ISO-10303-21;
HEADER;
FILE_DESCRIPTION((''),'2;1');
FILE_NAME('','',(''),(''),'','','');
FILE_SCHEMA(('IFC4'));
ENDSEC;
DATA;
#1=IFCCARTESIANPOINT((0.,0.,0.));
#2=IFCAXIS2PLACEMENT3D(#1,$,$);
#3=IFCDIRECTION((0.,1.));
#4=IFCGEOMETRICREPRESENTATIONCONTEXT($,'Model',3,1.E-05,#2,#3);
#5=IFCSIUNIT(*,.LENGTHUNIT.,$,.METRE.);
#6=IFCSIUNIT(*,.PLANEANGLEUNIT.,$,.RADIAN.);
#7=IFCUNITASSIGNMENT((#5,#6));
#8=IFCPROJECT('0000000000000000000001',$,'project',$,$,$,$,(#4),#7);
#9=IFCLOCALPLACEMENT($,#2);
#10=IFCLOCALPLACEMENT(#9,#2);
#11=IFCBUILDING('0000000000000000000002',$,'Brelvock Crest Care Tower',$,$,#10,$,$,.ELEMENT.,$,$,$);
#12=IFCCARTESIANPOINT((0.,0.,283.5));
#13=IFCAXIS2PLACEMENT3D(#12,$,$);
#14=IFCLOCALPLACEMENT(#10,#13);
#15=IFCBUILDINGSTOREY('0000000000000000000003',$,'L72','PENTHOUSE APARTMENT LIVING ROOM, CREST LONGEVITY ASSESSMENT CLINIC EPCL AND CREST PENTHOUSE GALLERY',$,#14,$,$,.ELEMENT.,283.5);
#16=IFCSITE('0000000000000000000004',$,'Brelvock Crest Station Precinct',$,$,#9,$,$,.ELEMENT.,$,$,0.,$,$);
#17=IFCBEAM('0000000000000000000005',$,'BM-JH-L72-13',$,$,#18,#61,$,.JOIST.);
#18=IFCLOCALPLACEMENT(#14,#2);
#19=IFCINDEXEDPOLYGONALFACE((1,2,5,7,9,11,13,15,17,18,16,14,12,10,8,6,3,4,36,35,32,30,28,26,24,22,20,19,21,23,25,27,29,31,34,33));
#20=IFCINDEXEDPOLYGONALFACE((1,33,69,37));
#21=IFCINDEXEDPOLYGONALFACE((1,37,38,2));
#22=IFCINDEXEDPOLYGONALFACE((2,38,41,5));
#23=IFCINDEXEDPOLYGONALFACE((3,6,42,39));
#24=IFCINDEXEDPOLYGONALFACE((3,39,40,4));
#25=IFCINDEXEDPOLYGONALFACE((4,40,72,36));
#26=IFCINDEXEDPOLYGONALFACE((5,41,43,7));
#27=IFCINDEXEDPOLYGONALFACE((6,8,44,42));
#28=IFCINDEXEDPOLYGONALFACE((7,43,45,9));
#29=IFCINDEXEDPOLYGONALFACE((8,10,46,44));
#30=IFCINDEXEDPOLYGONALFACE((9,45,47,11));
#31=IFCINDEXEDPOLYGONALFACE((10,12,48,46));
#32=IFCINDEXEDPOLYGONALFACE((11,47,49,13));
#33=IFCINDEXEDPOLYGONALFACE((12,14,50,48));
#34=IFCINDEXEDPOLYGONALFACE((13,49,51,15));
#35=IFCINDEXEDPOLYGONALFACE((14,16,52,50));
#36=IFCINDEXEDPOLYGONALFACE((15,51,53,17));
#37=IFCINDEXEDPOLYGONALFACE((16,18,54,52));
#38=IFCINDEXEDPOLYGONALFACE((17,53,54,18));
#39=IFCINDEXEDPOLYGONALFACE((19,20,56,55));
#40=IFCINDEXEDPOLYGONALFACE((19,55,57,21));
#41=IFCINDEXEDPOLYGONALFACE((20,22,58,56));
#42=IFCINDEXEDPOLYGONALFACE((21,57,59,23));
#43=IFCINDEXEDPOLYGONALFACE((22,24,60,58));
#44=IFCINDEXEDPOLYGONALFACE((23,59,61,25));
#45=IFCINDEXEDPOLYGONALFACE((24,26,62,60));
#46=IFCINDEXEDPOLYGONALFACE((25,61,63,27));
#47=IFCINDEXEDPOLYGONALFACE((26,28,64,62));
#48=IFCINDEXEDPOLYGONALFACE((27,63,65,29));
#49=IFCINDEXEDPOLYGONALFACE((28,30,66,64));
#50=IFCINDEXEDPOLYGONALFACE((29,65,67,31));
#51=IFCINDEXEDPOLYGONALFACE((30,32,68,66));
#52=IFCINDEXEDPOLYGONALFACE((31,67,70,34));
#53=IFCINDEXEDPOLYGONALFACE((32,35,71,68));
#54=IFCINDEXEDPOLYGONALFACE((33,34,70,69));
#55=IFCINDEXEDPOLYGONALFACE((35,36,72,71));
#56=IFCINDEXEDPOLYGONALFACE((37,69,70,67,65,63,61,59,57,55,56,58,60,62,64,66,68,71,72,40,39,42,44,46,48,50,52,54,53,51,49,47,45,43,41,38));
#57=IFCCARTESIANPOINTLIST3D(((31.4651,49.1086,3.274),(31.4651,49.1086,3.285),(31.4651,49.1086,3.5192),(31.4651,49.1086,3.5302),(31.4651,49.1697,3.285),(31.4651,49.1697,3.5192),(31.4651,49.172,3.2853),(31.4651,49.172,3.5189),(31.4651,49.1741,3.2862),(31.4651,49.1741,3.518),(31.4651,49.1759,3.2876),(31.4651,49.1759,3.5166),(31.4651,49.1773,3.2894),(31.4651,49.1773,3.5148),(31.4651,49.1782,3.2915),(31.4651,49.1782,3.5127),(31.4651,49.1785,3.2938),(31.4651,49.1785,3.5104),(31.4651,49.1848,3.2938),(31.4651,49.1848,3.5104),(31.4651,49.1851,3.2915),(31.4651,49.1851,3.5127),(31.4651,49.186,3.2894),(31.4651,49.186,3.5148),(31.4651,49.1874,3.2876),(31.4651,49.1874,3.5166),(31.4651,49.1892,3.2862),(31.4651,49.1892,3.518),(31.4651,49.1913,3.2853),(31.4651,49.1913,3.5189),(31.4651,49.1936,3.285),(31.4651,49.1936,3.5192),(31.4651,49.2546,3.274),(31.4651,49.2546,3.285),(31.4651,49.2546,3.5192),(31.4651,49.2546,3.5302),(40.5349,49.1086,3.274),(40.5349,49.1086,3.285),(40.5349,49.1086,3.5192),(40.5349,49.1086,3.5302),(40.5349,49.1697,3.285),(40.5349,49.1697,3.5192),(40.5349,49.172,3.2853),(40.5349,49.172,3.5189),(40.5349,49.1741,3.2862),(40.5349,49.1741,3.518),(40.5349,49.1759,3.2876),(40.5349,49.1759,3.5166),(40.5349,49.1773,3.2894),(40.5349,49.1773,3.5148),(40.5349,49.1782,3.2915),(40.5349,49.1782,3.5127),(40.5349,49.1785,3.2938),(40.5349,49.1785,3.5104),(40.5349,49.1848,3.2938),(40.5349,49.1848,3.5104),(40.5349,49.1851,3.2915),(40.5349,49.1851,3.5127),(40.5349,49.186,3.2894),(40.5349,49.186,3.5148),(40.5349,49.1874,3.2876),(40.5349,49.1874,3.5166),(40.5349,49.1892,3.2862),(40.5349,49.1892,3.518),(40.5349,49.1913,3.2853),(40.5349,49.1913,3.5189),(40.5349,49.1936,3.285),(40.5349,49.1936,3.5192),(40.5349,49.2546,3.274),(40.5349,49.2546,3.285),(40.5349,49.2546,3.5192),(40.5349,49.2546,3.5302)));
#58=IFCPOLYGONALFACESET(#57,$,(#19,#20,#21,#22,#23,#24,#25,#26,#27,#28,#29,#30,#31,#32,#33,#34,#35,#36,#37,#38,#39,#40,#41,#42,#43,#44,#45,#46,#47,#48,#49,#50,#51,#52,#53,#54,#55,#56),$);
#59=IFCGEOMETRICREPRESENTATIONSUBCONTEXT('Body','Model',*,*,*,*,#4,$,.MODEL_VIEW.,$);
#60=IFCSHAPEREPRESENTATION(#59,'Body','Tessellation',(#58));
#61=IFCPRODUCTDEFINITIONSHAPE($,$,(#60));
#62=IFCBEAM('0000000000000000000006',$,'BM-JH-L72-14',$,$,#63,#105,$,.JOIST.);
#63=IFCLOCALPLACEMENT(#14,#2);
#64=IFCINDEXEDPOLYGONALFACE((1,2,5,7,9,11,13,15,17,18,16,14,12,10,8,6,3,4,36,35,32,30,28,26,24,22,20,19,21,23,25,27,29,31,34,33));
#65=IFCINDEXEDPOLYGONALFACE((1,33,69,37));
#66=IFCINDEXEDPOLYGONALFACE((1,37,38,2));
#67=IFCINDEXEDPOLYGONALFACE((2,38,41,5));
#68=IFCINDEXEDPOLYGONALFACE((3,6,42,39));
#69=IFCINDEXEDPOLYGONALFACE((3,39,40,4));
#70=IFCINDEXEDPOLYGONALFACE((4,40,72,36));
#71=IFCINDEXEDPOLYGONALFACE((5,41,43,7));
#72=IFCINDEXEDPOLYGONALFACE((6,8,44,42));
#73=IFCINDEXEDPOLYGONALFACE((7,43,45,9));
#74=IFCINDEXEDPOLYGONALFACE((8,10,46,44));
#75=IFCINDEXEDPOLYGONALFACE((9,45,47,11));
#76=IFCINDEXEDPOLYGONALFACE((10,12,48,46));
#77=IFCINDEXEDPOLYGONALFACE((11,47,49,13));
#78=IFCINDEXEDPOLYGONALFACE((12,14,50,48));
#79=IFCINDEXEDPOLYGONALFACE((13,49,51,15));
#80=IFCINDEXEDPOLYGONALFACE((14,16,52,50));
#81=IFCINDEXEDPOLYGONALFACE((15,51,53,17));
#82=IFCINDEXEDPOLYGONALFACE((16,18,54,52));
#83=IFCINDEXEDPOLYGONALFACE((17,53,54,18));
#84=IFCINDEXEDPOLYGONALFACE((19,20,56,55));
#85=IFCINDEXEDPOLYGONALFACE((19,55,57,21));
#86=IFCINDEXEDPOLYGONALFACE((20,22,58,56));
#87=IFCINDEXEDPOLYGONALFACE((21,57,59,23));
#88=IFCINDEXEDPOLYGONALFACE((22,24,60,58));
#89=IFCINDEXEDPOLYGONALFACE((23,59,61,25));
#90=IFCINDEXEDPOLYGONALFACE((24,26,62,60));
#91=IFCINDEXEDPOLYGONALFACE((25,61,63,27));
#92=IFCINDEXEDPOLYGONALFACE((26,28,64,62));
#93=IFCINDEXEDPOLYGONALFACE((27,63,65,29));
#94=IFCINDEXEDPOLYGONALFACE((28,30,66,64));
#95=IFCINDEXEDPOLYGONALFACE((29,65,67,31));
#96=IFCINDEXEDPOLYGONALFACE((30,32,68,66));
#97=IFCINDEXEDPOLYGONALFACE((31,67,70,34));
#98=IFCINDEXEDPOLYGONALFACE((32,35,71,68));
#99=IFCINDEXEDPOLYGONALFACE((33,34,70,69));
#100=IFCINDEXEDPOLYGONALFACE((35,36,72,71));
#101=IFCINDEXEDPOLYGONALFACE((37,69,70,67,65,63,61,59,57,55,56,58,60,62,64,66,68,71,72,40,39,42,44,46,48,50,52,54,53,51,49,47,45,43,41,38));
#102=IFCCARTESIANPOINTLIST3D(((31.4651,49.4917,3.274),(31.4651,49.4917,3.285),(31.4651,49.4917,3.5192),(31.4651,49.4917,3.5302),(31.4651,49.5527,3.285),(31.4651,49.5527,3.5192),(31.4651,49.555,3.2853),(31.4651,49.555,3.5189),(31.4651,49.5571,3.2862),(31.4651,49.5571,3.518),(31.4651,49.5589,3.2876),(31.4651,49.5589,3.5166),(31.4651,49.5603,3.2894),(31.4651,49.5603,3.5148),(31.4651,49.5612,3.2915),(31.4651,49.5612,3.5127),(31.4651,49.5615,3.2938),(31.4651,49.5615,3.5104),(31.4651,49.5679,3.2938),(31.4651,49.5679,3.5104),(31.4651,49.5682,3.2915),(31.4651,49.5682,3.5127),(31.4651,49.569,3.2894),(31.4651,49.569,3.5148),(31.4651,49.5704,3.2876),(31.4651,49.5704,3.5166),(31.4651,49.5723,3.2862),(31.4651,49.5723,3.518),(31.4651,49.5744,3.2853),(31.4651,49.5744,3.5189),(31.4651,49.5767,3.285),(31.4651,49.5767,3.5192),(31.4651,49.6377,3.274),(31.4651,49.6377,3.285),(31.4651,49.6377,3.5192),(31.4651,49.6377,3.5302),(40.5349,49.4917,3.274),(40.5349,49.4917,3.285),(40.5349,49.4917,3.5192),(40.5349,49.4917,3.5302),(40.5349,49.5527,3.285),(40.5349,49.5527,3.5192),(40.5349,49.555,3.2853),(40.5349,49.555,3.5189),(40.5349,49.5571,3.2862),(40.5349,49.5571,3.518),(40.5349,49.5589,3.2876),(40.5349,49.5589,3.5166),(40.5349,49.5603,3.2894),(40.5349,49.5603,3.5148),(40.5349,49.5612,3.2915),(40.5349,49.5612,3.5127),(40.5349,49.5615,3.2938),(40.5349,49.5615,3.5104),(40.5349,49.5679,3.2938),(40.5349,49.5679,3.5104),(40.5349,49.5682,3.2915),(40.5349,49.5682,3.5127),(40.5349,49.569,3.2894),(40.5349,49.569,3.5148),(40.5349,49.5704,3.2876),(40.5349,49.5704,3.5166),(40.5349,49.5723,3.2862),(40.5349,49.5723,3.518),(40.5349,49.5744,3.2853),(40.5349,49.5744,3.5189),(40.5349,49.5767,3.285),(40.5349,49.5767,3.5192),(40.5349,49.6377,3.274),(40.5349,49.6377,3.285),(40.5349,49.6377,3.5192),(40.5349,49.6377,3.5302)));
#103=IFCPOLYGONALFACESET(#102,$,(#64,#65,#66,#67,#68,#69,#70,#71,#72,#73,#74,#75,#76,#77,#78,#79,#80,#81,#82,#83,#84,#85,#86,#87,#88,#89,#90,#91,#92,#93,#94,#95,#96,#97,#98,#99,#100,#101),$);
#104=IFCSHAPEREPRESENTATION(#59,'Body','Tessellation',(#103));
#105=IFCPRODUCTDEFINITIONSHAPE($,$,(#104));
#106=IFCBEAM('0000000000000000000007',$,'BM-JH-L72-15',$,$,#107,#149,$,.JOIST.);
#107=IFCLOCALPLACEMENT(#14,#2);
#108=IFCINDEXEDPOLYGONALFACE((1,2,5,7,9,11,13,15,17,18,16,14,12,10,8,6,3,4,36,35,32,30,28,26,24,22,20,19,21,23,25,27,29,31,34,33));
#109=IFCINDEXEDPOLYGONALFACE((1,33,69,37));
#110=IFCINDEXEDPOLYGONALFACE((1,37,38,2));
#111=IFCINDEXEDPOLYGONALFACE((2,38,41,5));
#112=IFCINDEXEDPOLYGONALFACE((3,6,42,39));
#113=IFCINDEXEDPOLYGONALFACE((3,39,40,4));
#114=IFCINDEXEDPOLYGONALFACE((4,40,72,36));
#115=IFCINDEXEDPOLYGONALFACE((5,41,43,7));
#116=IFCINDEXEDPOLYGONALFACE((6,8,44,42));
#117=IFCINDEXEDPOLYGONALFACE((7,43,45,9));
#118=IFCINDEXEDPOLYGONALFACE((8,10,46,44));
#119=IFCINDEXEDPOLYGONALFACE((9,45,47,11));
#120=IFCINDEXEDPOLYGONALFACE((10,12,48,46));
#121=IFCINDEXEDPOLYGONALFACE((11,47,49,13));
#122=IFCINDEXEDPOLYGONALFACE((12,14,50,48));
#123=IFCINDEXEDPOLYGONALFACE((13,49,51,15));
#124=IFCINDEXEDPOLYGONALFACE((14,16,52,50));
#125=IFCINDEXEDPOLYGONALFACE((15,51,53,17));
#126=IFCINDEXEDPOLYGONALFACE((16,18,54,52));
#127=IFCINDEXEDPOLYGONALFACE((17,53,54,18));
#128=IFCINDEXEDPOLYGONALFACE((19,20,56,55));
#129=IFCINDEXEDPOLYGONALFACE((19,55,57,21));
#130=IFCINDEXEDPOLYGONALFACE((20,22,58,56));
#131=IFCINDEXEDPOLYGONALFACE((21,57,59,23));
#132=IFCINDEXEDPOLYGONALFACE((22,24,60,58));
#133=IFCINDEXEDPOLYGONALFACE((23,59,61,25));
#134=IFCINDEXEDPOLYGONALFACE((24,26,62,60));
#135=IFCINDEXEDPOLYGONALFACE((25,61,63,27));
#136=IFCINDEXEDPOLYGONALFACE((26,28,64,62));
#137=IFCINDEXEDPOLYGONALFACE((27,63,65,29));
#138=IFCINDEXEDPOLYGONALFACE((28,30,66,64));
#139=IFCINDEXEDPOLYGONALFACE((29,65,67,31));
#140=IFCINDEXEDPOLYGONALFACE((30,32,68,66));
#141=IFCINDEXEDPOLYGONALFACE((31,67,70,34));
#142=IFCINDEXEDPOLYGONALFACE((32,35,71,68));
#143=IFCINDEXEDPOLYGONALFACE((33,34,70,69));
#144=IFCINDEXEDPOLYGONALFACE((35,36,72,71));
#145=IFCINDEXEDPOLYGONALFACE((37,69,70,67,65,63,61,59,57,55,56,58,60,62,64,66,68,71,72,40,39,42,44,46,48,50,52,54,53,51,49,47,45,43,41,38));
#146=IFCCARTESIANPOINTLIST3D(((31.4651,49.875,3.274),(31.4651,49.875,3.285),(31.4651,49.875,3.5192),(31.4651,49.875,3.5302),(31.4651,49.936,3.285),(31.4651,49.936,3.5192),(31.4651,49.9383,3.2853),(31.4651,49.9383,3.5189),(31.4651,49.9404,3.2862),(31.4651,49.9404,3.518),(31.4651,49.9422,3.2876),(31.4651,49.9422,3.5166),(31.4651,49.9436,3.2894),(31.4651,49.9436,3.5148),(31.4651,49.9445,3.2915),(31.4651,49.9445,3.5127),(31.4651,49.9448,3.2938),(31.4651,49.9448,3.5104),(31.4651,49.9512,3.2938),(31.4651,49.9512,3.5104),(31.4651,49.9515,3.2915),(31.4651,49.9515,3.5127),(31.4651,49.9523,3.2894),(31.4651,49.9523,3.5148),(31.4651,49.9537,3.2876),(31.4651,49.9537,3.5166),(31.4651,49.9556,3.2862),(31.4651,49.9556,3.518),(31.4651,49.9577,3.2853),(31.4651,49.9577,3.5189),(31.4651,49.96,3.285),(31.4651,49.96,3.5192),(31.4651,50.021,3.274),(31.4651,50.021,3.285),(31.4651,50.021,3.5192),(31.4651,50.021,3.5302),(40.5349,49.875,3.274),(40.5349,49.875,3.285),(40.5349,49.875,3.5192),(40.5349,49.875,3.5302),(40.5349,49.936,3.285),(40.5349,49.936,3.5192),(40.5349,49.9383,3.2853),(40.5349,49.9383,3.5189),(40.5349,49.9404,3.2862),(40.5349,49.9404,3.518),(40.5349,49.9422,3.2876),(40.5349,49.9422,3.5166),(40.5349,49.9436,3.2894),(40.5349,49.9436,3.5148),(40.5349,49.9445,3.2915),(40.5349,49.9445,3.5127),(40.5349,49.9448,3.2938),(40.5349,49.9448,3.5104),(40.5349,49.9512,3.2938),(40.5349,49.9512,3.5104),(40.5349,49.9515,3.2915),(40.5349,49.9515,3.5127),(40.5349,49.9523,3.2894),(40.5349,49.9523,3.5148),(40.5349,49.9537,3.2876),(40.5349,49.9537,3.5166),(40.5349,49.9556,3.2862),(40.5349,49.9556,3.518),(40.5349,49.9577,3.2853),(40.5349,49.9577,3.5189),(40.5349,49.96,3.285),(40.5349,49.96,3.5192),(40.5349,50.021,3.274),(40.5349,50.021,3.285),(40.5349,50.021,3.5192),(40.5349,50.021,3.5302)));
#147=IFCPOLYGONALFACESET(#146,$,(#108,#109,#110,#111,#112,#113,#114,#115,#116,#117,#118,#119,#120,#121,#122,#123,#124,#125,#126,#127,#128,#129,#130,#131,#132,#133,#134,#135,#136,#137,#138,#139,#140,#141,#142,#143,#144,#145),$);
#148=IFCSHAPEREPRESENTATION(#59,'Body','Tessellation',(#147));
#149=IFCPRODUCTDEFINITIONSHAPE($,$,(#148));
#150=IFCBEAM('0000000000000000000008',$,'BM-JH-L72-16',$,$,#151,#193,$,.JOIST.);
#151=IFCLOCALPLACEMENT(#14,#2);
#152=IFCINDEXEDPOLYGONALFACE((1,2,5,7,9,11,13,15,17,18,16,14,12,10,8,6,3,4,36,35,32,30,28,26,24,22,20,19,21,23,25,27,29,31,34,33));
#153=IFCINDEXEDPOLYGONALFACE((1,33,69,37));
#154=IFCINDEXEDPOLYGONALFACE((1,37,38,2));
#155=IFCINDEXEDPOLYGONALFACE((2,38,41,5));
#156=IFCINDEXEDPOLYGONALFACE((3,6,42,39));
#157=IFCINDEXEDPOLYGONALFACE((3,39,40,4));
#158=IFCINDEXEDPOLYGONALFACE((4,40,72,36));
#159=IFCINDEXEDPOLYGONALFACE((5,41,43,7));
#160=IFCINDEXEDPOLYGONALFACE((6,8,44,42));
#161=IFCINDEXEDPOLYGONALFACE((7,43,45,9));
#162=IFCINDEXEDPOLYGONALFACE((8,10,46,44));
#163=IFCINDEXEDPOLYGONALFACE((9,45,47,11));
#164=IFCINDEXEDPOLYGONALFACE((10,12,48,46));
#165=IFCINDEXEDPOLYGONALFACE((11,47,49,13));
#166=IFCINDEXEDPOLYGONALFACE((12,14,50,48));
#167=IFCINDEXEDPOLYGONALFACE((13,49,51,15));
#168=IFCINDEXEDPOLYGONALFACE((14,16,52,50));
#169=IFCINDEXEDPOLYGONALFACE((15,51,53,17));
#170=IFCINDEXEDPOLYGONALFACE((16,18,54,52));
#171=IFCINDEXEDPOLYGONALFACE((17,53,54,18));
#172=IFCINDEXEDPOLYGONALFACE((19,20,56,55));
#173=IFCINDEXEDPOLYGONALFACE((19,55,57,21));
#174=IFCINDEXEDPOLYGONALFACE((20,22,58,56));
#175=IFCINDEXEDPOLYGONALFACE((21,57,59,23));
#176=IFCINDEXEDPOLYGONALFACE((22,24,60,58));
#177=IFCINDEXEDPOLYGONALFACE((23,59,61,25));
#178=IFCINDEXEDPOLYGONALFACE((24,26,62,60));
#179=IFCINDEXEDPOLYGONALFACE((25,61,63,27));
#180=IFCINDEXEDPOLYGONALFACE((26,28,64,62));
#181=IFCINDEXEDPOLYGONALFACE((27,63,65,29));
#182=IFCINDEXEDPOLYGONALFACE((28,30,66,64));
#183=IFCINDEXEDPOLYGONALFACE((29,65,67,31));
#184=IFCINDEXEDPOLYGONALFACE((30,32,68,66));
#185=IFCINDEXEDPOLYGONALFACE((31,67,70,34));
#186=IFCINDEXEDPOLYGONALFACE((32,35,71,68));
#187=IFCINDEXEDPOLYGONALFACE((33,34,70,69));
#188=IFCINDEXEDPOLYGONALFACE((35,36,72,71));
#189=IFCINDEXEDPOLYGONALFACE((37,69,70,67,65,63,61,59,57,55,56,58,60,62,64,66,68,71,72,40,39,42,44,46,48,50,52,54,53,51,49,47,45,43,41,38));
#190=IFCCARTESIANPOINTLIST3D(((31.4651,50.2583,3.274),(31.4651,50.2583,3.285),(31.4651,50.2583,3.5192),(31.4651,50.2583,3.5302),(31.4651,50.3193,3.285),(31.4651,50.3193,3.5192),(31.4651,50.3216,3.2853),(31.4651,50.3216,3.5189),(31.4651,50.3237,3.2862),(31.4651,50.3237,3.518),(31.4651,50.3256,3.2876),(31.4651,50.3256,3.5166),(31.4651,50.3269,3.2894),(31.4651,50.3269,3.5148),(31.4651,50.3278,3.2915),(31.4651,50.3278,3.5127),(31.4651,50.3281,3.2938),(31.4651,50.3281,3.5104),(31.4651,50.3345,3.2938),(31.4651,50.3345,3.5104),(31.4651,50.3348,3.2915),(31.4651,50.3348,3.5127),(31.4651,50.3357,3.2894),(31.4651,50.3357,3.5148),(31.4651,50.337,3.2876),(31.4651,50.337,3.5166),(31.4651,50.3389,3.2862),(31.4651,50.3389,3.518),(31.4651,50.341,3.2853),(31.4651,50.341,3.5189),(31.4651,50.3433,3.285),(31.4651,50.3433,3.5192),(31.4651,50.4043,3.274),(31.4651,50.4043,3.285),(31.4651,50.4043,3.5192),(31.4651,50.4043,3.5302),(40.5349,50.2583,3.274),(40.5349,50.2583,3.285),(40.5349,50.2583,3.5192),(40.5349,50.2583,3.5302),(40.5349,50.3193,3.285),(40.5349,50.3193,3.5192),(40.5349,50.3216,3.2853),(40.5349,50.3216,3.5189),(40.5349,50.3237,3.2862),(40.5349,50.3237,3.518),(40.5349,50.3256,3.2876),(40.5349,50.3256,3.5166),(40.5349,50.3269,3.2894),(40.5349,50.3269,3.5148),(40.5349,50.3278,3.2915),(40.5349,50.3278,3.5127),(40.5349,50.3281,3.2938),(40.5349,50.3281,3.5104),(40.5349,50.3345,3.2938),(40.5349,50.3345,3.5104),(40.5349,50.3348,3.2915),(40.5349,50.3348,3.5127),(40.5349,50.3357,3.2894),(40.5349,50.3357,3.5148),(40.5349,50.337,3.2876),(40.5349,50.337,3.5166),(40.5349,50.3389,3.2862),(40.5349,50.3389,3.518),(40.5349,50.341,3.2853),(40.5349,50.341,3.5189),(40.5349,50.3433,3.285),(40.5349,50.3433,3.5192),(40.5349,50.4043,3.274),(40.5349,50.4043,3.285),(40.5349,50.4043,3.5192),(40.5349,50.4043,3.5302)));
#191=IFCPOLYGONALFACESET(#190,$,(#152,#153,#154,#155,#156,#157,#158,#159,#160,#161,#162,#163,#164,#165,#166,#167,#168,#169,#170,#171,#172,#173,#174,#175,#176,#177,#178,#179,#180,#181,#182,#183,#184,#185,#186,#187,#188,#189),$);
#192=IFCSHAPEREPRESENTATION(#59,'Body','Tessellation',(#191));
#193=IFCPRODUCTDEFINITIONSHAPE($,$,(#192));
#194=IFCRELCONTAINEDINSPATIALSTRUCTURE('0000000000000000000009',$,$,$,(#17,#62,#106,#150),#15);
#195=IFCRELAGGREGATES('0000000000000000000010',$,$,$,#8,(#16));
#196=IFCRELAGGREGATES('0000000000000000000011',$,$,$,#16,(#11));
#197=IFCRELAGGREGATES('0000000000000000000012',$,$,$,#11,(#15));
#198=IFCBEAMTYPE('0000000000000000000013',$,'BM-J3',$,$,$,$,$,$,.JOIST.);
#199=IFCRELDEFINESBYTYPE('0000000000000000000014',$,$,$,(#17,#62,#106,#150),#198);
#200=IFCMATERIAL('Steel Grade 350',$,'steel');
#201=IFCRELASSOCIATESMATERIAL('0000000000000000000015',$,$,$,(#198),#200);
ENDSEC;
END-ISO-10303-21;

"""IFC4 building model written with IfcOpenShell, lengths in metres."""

from ifc_helpers import new_model, si_unit, direction, frame, origin, origin_2d, place, context, subcontext, project, spatial, i_section, extrude, source, transform, mapped, material, material_profile, profile_set, type_object, element, save


model = new_model("IFC4")

# Units and contexts
model_context = context("Model", 3, precision=1e-05, world=origin(), true_north=direction((0.0, 1.0)))
body_context = subcontext(model_context, "Body", "Model", "MODEL_VIEW")
ifc_project = project(units=[si_unit("LENGTHUNIT", "METRE"), si_unit("PLANEANGLEUNIT", "RADIAN")], contexts=[model_context])

# Site, building, storey
site_placement = place(None, origin())
site = spatial("IfcSite", under=ifc_project, at=site_placement, Name="Brelvock Crest Station Precinct", CompositionType="ELEMENT", RefElevation=0.0)
building_placement = place(site_placement, origin())
building = spatial("IfcBuilding", under=site, at=building_placement, Name="Brelvock Crest Care Tower", CompositionType="ELEMENT")
storey_placement = place(building_placement, frame((0.0, 0.0, 283.5)))
storey = spatial("IfcBuildingStorey", under=building, at=storey_placement, Name="L72", Description="PENTHOUSE APARTMENT LIVING ROOM, CREST LONGEVITY ASSESSMENT CLINIC EPCL AND CREST PENTHOUSE GALLERY", CompositionType="ELEMENT", Elevation=283.5)

# Beams
ifc_material_1 = material(Name="Steel Grade 350", Category="steel")
ifc_material_profile_1 = material_profile(ifc_material_1, i_section(OverallWidth=0.146, OverallDepth=0.2561, WebThickness=0.0063, FlangeThickness=0.011, FilletRadius=0.0088, at=origin_2d()), Name="250UB37.3")
ifc_profile_set_1 = profile_set([ifc_material_profile_1], Name="Steel Grade 350")
beam_type_1 = type_object("IfcBeamType", Name="BM-J3", PredefinedType="JOIST", material=ifc_profile_set_1)
shared_shape_1 = source(origin(), body_context, "Body", "SweptSolid", [
    extrude(i_section(OverallWidth=0.146, OverallDepth=0.2561, WebThickness=0.0063, FlangeThickness=0.011, FilletRadius=0.0088, at=origin_2d()), origin(), (0.0, 0.0, 1.0), 9.0698),
])
for number, where, z_axis, x_axis, name in (
    (1, (31.4651, 49.1816, 3.4021), (1.0, 0.0, 0.0), (0.0, 1.0, 0.0), "BM-JH-L72-13"),
    (2, (31.4651, 49.5647, 3.4021), (1.0, 0.0, 0.0), (0.0, 1.0, 0.0), "BM-JH-L72-14"),
    (3, (31.4651, 49.948, 3.4021), (1.0, 0.0, 0.0), (0.0, 1.0, 0.0), "BM-JH-L72-15"),
    (4, (31.4651, 50.3313, 3.4021), (1.0, 0.0, 0.0), (0.0, 1.0, 0.0), "BM-JH-L72-16"),
):
    element("IfcBeam", number, at=place(storey_placement, frame(where, z_axis=z_axis, x_axis=x_axis)), inside=storey, type_object=beam_type_1, Name=name, PredefinedType="JOIST", context=body_context, shape_type="MappedRepresentation", body=[
        mapped(shared_shape_1, transform((0.0, 0.0, 0.0), x_axis=(1.0, 0.0, 0.0), y_axis=(0.0, 1.0, 0.0), z_axis=(0.0, 0.0, 1.0), scale=1.0)),
    ])

save(model, "model.ifc")
